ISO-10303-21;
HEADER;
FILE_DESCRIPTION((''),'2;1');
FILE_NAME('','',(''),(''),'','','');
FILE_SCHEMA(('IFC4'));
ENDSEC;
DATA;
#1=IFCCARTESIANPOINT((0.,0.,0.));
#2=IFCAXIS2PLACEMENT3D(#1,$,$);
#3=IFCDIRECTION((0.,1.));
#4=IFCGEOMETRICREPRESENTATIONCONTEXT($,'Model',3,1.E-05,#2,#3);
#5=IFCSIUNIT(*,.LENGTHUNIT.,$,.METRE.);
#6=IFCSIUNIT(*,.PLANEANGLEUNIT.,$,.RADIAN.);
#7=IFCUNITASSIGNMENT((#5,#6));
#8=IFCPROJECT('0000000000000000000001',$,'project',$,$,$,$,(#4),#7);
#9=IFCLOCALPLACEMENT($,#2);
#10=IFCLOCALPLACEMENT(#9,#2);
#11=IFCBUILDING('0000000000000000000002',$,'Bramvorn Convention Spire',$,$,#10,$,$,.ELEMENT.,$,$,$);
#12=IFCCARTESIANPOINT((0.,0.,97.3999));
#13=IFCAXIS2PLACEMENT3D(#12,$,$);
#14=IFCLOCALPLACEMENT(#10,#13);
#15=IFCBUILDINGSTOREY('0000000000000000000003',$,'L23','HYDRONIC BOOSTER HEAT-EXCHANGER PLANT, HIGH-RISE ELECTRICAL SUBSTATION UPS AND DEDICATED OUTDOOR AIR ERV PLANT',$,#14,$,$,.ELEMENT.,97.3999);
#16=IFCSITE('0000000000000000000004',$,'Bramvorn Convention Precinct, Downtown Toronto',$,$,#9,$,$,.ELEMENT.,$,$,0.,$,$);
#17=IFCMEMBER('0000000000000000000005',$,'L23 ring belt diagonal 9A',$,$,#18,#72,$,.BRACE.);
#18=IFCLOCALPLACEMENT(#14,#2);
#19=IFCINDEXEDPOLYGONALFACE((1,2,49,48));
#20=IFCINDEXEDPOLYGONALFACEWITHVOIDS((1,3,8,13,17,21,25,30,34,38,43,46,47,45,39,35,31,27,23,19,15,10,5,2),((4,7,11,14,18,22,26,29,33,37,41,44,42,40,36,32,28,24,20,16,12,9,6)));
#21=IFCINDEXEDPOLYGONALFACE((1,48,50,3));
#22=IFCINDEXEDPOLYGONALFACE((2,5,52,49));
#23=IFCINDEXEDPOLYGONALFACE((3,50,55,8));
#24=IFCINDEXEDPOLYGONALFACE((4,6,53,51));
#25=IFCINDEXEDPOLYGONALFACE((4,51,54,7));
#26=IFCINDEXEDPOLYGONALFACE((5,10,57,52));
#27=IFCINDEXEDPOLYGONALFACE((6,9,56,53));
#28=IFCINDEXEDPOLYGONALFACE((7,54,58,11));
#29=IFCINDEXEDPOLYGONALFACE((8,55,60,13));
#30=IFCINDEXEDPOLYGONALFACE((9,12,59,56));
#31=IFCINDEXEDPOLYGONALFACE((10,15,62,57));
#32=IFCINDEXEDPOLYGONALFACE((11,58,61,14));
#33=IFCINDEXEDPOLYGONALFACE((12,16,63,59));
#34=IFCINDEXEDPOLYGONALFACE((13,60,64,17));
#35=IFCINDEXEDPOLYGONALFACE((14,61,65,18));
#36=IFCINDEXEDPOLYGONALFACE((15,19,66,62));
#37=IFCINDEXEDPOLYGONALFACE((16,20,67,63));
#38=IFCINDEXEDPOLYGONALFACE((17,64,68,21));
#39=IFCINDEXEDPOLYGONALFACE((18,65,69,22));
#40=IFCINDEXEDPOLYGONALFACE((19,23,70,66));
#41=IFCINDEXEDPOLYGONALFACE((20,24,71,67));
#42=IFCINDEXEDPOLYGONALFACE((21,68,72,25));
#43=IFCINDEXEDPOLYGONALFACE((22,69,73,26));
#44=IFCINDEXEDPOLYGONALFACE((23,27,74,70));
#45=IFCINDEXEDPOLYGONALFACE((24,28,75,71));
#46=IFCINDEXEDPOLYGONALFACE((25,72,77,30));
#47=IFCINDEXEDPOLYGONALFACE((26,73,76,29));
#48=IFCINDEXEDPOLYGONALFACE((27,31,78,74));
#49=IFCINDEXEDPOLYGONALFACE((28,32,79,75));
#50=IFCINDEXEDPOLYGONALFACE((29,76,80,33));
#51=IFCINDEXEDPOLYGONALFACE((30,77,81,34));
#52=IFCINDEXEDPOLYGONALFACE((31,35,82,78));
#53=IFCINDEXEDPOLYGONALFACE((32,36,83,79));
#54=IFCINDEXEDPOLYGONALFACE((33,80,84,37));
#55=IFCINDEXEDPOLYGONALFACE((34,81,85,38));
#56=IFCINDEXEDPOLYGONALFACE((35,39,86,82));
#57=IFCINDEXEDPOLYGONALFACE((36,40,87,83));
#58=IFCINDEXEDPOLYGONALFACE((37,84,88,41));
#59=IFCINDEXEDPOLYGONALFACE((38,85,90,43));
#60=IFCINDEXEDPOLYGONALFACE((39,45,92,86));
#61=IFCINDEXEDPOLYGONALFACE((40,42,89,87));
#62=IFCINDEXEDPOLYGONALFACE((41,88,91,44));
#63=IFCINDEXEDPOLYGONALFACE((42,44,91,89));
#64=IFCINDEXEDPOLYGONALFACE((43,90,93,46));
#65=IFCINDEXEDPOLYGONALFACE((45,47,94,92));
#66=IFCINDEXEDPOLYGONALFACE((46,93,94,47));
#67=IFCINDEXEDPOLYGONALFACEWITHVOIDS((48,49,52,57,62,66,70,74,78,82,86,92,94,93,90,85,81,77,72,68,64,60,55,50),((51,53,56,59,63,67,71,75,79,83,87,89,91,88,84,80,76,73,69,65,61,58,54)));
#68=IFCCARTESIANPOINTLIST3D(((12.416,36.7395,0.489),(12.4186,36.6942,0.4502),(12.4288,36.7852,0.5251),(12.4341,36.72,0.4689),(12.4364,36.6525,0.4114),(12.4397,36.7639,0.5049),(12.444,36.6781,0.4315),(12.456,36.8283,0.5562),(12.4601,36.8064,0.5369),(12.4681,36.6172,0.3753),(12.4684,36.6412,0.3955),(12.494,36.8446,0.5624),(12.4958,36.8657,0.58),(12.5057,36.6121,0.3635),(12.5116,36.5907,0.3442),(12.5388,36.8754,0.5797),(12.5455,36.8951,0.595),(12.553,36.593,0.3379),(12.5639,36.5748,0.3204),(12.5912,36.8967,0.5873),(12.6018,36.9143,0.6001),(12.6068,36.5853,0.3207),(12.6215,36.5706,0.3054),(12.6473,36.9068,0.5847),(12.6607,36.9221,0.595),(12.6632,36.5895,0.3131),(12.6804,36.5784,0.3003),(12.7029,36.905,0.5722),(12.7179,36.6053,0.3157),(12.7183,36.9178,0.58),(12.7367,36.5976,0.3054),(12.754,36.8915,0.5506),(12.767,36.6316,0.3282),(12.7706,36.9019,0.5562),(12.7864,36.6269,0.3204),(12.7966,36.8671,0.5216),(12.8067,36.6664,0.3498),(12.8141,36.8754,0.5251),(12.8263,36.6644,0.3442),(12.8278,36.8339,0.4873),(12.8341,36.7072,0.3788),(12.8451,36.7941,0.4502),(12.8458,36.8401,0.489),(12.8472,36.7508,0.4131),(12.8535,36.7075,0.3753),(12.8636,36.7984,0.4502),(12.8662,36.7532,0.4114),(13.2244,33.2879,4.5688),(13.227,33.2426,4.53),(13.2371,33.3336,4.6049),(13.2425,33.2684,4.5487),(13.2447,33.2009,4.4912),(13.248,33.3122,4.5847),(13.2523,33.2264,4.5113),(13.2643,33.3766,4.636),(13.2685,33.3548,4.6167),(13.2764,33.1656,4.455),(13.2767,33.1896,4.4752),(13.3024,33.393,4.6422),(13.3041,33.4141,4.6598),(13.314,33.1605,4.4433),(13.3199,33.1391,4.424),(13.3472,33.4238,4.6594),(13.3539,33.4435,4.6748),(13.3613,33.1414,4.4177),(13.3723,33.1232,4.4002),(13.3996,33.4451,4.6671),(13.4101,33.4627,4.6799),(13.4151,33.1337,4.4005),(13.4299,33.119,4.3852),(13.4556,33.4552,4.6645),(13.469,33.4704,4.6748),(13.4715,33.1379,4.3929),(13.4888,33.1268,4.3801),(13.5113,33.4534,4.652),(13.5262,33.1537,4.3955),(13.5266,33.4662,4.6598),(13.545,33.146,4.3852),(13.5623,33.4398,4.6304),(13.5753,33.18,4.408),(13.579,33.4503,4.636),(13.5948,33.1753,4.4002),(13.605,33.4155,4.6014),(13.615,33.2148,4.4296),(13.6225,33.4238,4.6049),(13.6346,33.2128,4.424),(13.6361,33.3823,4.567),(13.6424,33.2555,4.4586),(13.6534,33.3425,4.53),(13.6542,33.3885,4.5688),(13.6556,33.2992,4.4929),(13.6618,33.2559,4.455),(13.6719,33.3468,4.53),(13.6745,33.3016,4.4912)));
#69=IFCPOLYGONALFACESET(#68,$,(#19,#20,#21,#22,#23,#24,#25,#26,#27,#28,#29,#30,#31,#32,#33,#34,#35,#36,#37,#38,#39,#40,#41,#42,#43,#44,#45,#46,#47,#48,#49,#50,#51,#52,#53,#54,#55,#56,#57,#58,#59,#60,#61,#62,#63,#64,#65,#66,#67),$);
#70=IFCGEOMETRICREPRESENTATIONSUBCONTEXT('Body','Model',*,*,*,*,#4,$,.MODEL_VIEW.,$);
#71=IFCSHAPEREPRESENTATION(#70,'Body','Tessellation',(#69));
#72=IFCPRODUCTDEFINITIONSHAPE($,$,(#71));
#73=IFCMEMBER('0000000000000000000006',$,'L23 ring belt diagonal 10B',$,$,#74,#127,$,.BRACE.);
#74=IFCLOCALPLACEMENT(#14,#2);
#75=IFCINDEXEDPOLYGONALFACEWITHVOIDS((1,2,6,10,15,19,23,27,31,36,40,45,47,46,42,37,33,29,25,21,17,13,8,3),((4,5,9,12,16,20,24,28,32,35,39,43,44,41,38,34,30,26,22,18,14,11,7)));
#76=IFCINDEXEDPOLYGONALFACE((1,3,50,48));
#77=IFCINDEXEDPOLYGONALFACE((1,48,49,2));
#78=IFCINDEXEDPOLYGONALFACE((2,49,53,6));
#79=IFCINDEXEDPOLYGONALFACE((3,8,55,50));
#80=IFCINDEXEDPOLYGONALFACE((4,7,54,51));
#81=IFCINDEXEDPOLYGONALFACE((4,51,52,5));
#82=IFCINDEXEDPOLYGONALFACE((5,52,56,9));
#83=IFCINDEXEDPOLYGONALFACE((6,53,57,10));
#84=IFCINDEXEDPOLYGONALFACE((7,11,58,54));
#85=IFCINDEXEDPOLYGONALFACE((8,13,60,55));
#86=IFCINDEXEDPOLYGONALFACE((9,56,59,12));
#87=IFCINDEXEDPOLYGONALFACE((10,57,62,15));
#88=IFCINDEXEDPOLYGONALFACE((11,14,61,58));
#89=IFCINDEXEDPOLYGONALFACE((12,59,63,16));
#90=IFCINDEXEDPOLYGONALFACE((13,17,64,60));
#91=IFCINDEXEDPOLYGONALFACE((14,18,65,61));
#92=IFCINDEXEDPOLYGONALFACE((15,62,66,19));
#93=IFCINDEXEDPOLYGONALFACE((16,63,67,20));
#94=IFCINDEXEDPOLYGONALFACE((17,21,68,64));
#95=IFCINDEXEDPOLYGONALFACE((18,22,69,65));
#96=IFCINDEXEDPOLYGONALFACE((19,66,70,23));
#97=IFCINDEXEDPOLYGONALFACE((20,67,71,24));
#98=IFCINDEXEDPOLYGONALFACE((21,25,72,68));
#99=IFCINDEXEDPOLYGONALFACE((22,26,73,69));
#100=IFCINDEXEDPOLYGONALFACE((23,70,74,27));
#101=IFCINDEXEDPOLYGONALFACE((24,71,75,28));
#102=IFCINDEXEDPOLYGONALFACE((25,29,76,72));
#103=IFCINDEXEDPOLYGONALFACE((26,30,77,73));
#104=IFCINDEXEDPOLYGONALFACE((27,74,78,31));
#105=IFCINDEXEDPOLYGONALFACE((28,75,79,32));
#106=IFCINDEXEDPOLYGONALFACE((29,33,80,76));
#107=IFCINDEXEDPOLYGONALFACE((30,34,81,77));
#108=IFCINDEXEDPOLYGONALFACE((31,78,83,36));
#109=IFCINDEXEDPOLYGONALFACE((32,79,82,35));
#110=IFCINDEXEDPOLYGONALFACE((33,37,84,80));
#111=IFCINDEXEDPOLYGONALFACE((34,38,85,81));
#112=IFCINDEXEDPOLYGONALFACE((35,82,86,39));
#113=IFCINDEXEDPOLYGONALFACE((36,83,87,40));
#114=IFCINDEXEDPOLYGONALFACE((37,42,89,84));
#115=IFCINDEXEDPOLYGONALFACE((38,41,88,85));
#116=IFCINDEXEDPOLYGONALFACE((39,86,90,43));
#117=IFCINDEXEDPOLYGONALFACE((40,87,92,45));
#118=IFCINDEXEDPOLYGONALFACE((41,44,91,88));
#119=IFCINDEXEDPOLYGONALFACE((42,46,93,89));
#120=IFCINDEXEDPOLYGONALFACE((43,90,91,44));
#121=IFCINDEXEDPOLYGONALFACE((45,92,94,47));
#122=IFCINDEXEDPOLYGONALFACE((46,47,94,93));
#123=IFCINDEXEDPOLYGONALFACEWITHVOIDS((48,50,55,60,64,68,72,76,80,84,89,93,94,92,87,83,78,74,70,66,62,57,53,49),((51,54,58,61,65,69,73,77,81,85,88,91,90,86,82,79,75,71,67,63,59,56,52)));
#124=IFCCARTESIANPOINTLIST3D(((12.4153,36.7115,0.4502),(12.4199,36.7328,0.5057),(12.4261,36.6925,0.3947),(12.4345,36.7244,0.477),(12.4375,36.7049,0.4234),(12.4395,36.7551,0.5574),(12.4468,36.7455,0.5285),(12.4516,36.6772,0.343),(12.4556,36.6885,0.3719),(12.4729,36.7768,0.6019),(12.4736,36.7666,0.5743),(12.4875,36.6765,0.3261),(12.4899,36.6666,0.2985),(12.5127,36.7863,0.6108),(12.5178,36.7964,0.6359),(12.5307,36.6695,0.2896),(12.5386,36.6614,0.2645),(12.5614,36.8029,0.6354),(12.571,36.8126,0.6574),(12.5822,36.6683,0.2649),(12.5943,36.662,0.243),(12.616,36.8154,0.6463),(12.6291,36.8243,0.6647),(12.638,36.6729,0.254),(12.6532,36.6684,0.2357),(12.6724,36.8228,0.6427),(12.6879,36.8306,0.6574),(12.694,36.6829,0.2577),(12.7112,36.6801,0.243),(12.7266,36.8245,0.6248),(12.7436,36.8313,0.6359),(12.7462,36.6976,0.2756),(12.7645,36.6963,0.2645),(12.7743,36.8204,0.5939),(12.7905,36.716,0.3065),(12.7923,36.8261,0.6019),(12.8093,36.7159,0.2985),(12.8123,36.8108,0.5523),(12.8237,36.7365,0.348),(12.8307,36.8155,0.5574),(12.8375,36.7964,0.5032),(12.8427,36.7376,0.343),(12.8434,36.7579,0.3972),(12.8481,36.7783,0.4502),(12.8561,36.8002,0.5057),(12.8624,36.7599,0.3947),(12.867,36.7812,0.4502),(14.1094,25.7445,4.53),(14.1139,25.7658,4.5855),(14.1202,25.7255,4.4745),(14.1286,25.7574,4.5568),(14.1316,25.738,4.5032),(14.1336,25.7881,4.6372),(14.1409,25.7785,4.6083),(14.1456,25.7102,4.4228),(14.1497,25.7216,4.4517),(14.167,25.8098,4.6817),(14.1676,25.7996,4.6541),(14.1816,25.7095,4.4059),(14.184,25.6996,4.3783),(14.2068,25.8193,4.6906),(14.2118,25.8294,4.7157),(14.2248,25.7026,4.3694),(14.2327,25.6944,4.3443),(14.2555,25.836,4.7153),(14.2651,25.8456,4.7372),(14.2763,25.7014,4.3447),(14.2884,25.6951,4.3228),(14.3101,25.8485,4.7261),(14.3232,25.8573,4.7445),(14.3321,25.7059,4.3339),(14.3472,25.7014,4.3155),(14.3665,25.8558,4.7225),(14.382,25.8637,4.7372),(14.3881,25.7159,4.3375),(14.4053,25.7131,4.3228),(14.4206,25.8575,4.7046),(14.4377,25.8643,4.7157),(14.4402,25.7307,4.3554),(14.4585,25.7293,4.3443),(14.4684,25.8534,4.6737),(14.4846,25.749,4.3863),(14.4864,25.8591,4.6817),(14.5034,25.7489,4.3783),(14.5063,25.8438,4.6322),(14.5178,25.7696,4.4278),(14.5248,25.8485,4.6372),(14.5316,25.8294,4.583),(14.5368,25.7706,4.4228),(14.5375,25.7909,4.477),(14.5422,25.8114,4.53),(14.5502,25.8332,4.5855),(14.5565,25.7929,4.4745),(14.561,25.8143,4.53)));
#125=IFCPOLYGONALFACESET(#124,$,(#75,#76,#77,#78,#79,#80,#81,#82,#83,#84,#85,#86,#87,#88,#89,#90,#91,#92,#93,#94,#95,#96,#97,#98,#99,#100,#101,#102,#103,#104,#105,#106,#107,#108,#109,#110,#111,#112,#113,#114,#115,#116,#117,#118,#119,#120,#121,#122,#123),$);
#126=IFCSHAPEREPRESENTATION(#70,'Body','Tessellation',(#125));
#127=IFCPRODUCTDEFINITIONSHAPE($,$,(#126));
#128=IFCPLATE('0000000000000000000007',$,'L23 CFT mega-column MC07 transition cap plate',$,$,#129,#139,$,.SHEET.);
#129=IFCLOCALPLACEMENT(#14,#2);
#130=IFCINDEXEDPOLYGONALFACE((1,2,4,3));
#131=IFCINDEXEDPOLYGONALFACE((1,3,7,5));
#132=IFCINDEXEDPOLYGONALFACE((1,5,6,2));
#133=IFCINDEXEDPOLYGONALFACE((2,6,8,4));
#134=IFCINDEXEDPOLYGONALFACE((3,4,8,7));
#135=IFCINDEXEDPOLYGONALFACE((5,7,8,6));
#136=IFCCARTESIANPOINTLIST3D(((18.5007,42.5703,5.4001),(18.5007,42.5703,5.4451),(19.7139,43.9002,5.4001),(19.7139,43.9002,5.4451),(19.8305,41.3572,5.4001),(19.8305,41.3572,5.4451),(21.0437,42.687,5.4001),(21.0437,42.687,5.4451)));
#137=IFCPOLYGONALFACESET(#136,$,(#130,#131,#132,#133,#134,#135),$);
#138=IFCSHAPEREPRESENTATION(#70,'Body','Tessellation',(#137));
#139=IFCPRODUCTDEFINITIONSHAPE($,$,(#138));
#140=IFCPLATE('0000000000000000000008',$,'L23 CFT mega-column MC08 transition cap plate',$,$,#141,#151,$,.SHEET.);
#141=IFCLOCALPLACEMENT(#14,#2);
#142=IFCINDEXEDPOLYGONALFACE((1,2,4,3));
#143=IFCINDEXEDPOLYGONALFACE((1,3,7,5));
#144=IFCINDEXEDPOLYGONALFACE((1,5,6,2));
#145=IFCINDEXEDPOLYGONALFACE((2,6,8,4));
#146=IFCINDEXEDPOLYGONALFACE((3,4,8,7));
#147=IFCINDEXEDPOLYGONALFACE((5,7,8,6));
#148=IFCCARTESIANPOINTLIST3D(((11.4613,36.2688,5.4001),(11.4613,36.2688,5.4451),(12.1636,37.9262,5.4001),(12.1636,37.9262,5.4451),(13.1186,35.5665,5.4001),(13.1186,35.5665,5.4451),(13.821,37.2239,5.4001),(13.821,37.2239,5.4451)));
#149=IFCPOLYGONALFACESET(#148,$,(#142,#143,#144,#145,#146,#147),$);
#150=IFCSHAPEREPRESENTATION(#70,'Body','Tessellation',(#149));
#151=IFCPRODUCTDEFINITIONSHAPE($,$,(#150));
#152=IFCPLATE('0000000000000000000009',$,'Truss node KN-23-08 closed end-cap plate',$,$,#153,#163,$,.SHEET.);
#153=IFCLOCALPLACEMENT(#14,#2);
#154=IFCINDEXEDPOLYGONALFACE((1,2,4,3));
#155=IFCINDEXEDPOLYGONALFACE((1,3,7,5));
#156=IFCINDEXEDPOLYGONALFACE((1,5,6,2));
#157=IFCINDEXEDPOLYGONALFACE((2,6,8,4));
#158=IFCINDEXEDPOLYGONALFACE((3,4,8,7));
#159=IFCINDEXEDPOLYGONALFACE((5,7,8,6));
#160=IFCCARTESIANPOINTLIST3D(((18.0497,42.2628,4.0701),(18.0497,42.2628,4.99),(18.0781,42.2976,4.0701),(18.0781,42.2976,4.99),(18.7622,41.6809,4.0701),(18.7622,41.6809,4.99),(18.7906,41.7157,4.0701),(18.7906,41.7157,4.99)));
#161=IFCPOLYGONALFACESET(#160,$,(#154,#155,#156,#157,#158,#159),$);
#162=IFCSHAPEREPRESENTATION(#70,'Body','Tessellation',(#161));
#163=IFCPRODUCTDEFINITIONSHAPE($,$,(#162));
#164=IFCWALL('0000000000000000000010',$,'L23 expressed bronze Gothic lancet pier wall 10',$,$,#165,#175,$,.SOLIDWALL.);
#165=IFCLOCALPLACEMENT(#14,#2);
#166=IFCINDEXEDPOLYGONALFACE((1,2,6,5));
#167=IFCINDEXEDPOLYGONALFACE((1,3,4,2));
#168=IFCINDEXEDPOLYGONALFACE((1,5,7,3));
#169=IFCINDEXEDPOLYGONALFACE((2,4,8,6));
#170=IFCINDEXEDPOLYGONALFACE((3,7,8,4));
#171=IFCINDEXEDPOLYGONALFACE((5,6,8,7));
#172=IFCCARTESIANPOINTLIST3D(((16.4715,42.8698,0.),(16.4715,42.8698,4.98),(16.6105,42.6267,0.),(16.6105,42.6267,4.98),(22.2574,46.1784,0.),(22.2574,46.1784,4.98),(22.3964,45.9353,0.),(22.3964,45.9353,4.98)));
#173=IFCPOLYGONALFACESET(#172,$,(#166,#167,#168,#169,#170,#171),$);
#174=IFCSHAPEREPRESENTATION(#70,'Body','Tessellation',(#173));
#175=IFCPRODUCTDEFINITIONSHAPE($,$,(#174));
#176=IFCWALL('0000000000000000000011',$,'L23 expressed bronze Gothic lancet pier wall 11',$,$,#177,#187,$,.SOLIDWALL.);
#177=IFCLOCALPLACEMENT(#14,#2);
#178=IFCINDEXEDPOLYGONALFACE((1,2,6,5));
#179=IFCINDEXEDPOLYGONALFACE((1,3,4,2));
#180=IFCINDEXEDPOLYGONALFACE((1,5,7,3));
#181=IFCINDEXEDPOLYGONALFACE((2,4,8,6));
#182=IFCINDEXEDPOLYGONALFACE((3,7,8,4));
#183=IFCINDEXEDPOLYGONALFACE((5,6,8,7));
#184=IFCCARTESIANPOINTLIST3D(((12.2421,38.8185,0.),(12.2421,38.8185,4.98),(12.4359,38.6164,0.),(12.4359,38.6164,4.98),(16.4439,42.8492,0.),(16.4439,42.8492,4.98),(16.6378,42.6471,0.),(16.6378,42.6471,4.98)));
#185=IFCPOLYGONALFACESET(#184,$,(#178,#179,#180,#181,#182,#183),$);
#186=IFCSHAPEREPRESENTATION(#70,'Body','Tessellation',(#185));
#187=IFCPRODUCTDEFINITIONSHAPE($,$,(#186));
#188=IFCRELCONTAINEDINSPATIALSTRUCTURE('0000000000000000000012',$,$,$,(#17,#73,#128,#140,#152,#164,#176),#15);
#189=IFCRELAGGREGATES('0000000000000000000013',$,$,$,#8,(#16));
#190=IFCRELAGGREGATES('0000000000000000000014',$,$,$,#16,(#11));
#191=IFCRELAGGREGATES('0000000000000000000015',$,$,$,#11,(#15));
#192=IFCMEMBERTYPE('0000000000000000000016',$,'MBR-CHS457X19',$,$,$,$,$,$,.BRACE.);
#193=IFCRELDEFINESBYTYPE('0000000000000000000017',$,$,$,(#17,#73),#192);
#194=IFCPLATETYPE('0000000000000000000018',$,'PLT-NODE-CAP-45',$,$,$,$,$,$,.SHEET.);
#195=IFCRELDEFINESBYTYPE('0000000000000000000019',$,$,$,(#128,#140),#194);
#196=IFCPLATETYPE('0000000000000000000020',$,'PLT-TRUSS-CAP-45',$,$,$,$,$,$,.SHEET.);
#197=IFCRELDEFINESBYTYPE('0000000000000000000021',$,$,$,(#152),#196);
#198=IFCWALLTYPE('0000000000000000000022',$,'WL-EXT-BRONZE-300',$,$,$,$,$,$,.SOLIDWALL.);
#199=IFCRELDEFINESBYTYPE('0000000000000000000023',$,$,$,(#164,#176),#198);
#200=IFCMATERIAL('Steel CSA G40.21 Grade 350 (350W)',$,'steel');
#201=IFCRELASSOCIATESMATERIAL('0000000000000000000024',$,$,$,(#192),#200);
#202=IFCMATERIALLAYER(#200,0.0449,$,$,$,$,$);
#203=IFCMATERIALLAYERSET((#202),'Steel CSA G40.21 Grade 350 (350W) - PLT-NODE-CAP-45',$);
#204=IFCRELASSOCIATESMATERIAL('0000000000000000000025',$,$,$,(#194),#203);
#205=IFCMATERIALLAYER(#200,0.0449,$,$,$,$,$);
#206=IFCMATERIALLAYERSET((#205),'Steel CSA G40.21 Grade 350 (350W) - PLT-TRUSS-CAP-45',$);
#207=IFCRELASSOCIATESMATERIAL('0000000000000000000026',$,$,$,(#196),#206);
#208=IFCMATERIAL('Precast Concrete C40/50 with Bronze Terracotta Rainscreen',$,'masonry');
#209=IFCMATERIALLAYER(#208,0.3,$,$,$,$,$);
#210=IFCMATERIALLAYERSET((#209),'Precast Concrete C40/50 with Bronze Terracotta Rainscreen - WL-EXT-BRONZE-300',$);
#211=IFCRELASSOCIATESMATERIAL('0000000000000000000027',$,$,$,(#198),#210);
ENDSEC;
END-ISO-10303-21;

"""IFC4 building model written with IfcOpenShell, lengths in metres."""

from ifc_helpers import new_model, si_unit, direction, frame, frame_2d, origin, origin_2d, place, context, subcontext, project, spatial, rectangle, hollow_circle, extrude, material, layer, layer_set, material_profile, profile_set, type_object, element, save


model = new_model("IFC4")

# Units and contexts
model_context = context("Model", 3, precision=1e-05, world=origin(), true_north=direction((0.0, 1.0)))
body_context = subcontext(model_context, "Body", "Model", "MODEL_VIEW")
ifc_project = project(units=[si_unit("LENGTHUNIT", "METRE"), si_unit("PLANEANGLEUNIT", "RADIAN")], contexts=[model_context])

# Site, building, storey
site_placement = place(None, origin())
site = spatial("IfcSite", under=ifc_project, at=site_placement, Name="Bramvorn Convention Precinct, Downtown Toronto", CompositionType="ELEMENT", RefElevation=0.0)
building_placement = place(site_placement, origin())
building = spatial("IfcBuilding", under=site, at=building_placement, Name="Bramvorn Convention Spire", CompositionType="ELEMENT")
storey_placement = place(building_placement, frame((0.0, 0.0, 97.3999)))
storey = spatial("IfcBuildingStorey", under=building, at=storey_placement, Name="L23", Description="HYDRONIC BOOSTER HEAT-EXCHANGER PLANT, HIGH-RISE ELECTRICAL SUBSTATION UPS AND DEDICATED OUTDOOR AIR ERV PLANT", CompositionType="ELEMENT", Elevation=97.3999)

# Shared definitions
ifc_material_1 = material(Name="Steel CSA G40.21 Grade 350 (350W)", Category="steel")

# Members
ifc_material_profile_1 = material_profile(ifc_material_1, hollow_circle(Radius=0.2285, WallThickness=0.019, at=origin_2d()))
ifc_profile_set_1 = profile_set([ifc_material_profile_1], Name="Steel CSA G40.21 Grade 350 (350W) - CHS457X19")
member_type_1 = type_object("IfcMemberType", Name="MBR-CHS457X19", PredefinedType="BRACE", material=ifc_profile_set_1)
member_1_placement = place(storey_placement, frame((12.6411, 36.7463, 0.4502), z_axis=(0.14956, -0.638622, 0.754846), x_axis=(0.973656, 0.228022, 0.0)))
element("IfcMember", 1, at=member_1_placement, inside=storey, type_object=member_type_1, Name="L23 ring belt diagonal 9A", PredefinedType="BRACE", context=body_context, shape_type="SweptSolid", body=[
    extrude(hollow_circle(Radius=0.2285, WallThickness=0.019, at=origin_2d()), origin(), (0.0, 0.0, 1.0), 5.4048),
])
member_2_placement = place(storey_placement, frame((12.6411, 36.7463, 0.4502), z_axis=(0.143284, -0.927577, 0.345067), x_axis=(0.988279, 0.152661, 0.0)))
element("IfcMember", 2, at=member_2_placement, inside=storey, type_object=member_type_1, Name="L23 ring belt diagonal 10B", PredefinedType="BRACE", context=body_context, shape_type="SweptSolid", body=[
    extrude(hollow_circle(Radius=0.2285, WallThickness=0.019, at=origin_2d()), origin(), (0.0, 0.0, 1.0), 11.8232),
])

# Plates
ifc_layer_1 = layer(ifc_material_1, 0.0449)
ifc_layer_set_1 = layer_set([ifc_layer_1], Name="Steel CSA G40.21 Grade 350 (350W) - PLT-NODE-CAP-45")
plate_type_1 = type_object("IfcPlateType", Name="PLT-NODE-CAP-45", PredefinedType="SHEET", material=ifc_layer_set_1)
for number, where, z_axis, x_axis, name in (
    (3, (19.7722, 42.6287, 5.4001), (0.0, 0.0, 1.0), (-0.738769, 0.673958, 0.0), "L23 CFT mega-column MC07 transition cap plate"),
    (4, (12.6411, 36.7463, 5.4001), (0.0, 0.0, 1.0), (-0.920739, 0.39018, 0.0), "L23 CFT mega-column MC08 transition cap plate"),
):
    element("IfcPlate", number, at=place(storey_placement, frame(where, z_axis=z_axis, x_axis=x_axis)), inside=storey, type_object=plate_type_1, Name=name, PredefinedType="SHEET", context=body_context, shape_type="SweptSolid", body=[
        extrude(rectangle(XDim=1.8, YDim=1.8, at=origin_2d()), origin(), (0.0, 0.0, 1.0), 0.0449),
    ])
ifc_layer_2 = layer(ifc_material_1, 0.0449)
ifc_layer_set_2 = layer_set([ifc_layer_2], Name="Steel CSA G40.21 Grade 350 (350W) - PLT-TRUSS-CAP-45")
plate_type_2 = type_object("IfcPlateType", Name="PLT-TRUSS-CAP-45", PredefinedType="SHEET", material=ifc_layer_set_2)
plate_placement = place(storey_placement, frame((18.4202, 41.9893, 4.0701), z_axis=(0.0, 0.0, 1.0), x_axis=(-0.774551, 0.632512, 0.0)))
element("IfcPlate", 5, at=plate_placement, inside=storey, type_object=plate_type_2, Name="Truss node KN-23-08 closed end-cap plate", PredefinedType="SHEET", context=body_context, shape_type="SweptSolid", body=[
    extrude(rectangle(XDim=0.9199, YDim=0.0449, at=origin_2d()), origin(), (0.0, 0.0, 1.0), 0.9199),
])

# Walls
ifc_material_2 = material(Name="Precast Concrete C40/50 with Bronze Terracotta Rainscreen", Category="masonry")
ifc_layer_3 = layer(ifc_material_2, 0.3)
ifc_layer_set_3 = layer_set([ifc_layer_3], Name="Precast Concrete C40/50 with Bronze Terracotta Rainscreen - WL-EXT-BRONZE-300")
wall_type_1 = type_object("IfcWallType", Name="WL-EXT-BRONZE-300", PredefinedType="SOLIDWALL", material=ifc_layer_set_3)
wall_1_placement = place(storey_placement, frame((16.541, 42.7483, 0.0), z_axis=(0.0, 0.0, 1.0), x_axis=(0.86809, 0.496407, 0.0)))
element("IfcWall", 6, at=wall_1_placement, inside=storey, type_object=wall_type_1, Name="L23 expressed bronze Gothic lancet pier wall 10", PredefinedType="SOLIDWALL", context=body_context, shape_type="SweptSolid", body=[
    extrude(rectangle(XDim=6.665, YDim=0.28, at=frame_2d((3.3325, 0.0))), origin(), (0.0, 0.0, 1.0), 4.98),
])
wall_2_placement = place(storey_placement, frame((12.3391, 38.7175, 0.0), z_axis=(0.0, 0.0, 1.0), x_axis=(0.72165, 0.692258, 0.0)))
element("IfcWall", 7, at=wall_2_placement, inside=storey, type_object=wall_type_1, Name="L23 expressed bronze Gothic lancet pier wall 11", PredefinedType="SOLIDWALL", context=body_context, shape_type="SweptSolid", body=[
    extrude(rectangle(XDim=5.8225, YDim=0.28, at=frame_2d((2.9111, 0.0))), origin(), (0.0, 0.0, 1.0), 4.98),
])

save(model, "model.ifc")
